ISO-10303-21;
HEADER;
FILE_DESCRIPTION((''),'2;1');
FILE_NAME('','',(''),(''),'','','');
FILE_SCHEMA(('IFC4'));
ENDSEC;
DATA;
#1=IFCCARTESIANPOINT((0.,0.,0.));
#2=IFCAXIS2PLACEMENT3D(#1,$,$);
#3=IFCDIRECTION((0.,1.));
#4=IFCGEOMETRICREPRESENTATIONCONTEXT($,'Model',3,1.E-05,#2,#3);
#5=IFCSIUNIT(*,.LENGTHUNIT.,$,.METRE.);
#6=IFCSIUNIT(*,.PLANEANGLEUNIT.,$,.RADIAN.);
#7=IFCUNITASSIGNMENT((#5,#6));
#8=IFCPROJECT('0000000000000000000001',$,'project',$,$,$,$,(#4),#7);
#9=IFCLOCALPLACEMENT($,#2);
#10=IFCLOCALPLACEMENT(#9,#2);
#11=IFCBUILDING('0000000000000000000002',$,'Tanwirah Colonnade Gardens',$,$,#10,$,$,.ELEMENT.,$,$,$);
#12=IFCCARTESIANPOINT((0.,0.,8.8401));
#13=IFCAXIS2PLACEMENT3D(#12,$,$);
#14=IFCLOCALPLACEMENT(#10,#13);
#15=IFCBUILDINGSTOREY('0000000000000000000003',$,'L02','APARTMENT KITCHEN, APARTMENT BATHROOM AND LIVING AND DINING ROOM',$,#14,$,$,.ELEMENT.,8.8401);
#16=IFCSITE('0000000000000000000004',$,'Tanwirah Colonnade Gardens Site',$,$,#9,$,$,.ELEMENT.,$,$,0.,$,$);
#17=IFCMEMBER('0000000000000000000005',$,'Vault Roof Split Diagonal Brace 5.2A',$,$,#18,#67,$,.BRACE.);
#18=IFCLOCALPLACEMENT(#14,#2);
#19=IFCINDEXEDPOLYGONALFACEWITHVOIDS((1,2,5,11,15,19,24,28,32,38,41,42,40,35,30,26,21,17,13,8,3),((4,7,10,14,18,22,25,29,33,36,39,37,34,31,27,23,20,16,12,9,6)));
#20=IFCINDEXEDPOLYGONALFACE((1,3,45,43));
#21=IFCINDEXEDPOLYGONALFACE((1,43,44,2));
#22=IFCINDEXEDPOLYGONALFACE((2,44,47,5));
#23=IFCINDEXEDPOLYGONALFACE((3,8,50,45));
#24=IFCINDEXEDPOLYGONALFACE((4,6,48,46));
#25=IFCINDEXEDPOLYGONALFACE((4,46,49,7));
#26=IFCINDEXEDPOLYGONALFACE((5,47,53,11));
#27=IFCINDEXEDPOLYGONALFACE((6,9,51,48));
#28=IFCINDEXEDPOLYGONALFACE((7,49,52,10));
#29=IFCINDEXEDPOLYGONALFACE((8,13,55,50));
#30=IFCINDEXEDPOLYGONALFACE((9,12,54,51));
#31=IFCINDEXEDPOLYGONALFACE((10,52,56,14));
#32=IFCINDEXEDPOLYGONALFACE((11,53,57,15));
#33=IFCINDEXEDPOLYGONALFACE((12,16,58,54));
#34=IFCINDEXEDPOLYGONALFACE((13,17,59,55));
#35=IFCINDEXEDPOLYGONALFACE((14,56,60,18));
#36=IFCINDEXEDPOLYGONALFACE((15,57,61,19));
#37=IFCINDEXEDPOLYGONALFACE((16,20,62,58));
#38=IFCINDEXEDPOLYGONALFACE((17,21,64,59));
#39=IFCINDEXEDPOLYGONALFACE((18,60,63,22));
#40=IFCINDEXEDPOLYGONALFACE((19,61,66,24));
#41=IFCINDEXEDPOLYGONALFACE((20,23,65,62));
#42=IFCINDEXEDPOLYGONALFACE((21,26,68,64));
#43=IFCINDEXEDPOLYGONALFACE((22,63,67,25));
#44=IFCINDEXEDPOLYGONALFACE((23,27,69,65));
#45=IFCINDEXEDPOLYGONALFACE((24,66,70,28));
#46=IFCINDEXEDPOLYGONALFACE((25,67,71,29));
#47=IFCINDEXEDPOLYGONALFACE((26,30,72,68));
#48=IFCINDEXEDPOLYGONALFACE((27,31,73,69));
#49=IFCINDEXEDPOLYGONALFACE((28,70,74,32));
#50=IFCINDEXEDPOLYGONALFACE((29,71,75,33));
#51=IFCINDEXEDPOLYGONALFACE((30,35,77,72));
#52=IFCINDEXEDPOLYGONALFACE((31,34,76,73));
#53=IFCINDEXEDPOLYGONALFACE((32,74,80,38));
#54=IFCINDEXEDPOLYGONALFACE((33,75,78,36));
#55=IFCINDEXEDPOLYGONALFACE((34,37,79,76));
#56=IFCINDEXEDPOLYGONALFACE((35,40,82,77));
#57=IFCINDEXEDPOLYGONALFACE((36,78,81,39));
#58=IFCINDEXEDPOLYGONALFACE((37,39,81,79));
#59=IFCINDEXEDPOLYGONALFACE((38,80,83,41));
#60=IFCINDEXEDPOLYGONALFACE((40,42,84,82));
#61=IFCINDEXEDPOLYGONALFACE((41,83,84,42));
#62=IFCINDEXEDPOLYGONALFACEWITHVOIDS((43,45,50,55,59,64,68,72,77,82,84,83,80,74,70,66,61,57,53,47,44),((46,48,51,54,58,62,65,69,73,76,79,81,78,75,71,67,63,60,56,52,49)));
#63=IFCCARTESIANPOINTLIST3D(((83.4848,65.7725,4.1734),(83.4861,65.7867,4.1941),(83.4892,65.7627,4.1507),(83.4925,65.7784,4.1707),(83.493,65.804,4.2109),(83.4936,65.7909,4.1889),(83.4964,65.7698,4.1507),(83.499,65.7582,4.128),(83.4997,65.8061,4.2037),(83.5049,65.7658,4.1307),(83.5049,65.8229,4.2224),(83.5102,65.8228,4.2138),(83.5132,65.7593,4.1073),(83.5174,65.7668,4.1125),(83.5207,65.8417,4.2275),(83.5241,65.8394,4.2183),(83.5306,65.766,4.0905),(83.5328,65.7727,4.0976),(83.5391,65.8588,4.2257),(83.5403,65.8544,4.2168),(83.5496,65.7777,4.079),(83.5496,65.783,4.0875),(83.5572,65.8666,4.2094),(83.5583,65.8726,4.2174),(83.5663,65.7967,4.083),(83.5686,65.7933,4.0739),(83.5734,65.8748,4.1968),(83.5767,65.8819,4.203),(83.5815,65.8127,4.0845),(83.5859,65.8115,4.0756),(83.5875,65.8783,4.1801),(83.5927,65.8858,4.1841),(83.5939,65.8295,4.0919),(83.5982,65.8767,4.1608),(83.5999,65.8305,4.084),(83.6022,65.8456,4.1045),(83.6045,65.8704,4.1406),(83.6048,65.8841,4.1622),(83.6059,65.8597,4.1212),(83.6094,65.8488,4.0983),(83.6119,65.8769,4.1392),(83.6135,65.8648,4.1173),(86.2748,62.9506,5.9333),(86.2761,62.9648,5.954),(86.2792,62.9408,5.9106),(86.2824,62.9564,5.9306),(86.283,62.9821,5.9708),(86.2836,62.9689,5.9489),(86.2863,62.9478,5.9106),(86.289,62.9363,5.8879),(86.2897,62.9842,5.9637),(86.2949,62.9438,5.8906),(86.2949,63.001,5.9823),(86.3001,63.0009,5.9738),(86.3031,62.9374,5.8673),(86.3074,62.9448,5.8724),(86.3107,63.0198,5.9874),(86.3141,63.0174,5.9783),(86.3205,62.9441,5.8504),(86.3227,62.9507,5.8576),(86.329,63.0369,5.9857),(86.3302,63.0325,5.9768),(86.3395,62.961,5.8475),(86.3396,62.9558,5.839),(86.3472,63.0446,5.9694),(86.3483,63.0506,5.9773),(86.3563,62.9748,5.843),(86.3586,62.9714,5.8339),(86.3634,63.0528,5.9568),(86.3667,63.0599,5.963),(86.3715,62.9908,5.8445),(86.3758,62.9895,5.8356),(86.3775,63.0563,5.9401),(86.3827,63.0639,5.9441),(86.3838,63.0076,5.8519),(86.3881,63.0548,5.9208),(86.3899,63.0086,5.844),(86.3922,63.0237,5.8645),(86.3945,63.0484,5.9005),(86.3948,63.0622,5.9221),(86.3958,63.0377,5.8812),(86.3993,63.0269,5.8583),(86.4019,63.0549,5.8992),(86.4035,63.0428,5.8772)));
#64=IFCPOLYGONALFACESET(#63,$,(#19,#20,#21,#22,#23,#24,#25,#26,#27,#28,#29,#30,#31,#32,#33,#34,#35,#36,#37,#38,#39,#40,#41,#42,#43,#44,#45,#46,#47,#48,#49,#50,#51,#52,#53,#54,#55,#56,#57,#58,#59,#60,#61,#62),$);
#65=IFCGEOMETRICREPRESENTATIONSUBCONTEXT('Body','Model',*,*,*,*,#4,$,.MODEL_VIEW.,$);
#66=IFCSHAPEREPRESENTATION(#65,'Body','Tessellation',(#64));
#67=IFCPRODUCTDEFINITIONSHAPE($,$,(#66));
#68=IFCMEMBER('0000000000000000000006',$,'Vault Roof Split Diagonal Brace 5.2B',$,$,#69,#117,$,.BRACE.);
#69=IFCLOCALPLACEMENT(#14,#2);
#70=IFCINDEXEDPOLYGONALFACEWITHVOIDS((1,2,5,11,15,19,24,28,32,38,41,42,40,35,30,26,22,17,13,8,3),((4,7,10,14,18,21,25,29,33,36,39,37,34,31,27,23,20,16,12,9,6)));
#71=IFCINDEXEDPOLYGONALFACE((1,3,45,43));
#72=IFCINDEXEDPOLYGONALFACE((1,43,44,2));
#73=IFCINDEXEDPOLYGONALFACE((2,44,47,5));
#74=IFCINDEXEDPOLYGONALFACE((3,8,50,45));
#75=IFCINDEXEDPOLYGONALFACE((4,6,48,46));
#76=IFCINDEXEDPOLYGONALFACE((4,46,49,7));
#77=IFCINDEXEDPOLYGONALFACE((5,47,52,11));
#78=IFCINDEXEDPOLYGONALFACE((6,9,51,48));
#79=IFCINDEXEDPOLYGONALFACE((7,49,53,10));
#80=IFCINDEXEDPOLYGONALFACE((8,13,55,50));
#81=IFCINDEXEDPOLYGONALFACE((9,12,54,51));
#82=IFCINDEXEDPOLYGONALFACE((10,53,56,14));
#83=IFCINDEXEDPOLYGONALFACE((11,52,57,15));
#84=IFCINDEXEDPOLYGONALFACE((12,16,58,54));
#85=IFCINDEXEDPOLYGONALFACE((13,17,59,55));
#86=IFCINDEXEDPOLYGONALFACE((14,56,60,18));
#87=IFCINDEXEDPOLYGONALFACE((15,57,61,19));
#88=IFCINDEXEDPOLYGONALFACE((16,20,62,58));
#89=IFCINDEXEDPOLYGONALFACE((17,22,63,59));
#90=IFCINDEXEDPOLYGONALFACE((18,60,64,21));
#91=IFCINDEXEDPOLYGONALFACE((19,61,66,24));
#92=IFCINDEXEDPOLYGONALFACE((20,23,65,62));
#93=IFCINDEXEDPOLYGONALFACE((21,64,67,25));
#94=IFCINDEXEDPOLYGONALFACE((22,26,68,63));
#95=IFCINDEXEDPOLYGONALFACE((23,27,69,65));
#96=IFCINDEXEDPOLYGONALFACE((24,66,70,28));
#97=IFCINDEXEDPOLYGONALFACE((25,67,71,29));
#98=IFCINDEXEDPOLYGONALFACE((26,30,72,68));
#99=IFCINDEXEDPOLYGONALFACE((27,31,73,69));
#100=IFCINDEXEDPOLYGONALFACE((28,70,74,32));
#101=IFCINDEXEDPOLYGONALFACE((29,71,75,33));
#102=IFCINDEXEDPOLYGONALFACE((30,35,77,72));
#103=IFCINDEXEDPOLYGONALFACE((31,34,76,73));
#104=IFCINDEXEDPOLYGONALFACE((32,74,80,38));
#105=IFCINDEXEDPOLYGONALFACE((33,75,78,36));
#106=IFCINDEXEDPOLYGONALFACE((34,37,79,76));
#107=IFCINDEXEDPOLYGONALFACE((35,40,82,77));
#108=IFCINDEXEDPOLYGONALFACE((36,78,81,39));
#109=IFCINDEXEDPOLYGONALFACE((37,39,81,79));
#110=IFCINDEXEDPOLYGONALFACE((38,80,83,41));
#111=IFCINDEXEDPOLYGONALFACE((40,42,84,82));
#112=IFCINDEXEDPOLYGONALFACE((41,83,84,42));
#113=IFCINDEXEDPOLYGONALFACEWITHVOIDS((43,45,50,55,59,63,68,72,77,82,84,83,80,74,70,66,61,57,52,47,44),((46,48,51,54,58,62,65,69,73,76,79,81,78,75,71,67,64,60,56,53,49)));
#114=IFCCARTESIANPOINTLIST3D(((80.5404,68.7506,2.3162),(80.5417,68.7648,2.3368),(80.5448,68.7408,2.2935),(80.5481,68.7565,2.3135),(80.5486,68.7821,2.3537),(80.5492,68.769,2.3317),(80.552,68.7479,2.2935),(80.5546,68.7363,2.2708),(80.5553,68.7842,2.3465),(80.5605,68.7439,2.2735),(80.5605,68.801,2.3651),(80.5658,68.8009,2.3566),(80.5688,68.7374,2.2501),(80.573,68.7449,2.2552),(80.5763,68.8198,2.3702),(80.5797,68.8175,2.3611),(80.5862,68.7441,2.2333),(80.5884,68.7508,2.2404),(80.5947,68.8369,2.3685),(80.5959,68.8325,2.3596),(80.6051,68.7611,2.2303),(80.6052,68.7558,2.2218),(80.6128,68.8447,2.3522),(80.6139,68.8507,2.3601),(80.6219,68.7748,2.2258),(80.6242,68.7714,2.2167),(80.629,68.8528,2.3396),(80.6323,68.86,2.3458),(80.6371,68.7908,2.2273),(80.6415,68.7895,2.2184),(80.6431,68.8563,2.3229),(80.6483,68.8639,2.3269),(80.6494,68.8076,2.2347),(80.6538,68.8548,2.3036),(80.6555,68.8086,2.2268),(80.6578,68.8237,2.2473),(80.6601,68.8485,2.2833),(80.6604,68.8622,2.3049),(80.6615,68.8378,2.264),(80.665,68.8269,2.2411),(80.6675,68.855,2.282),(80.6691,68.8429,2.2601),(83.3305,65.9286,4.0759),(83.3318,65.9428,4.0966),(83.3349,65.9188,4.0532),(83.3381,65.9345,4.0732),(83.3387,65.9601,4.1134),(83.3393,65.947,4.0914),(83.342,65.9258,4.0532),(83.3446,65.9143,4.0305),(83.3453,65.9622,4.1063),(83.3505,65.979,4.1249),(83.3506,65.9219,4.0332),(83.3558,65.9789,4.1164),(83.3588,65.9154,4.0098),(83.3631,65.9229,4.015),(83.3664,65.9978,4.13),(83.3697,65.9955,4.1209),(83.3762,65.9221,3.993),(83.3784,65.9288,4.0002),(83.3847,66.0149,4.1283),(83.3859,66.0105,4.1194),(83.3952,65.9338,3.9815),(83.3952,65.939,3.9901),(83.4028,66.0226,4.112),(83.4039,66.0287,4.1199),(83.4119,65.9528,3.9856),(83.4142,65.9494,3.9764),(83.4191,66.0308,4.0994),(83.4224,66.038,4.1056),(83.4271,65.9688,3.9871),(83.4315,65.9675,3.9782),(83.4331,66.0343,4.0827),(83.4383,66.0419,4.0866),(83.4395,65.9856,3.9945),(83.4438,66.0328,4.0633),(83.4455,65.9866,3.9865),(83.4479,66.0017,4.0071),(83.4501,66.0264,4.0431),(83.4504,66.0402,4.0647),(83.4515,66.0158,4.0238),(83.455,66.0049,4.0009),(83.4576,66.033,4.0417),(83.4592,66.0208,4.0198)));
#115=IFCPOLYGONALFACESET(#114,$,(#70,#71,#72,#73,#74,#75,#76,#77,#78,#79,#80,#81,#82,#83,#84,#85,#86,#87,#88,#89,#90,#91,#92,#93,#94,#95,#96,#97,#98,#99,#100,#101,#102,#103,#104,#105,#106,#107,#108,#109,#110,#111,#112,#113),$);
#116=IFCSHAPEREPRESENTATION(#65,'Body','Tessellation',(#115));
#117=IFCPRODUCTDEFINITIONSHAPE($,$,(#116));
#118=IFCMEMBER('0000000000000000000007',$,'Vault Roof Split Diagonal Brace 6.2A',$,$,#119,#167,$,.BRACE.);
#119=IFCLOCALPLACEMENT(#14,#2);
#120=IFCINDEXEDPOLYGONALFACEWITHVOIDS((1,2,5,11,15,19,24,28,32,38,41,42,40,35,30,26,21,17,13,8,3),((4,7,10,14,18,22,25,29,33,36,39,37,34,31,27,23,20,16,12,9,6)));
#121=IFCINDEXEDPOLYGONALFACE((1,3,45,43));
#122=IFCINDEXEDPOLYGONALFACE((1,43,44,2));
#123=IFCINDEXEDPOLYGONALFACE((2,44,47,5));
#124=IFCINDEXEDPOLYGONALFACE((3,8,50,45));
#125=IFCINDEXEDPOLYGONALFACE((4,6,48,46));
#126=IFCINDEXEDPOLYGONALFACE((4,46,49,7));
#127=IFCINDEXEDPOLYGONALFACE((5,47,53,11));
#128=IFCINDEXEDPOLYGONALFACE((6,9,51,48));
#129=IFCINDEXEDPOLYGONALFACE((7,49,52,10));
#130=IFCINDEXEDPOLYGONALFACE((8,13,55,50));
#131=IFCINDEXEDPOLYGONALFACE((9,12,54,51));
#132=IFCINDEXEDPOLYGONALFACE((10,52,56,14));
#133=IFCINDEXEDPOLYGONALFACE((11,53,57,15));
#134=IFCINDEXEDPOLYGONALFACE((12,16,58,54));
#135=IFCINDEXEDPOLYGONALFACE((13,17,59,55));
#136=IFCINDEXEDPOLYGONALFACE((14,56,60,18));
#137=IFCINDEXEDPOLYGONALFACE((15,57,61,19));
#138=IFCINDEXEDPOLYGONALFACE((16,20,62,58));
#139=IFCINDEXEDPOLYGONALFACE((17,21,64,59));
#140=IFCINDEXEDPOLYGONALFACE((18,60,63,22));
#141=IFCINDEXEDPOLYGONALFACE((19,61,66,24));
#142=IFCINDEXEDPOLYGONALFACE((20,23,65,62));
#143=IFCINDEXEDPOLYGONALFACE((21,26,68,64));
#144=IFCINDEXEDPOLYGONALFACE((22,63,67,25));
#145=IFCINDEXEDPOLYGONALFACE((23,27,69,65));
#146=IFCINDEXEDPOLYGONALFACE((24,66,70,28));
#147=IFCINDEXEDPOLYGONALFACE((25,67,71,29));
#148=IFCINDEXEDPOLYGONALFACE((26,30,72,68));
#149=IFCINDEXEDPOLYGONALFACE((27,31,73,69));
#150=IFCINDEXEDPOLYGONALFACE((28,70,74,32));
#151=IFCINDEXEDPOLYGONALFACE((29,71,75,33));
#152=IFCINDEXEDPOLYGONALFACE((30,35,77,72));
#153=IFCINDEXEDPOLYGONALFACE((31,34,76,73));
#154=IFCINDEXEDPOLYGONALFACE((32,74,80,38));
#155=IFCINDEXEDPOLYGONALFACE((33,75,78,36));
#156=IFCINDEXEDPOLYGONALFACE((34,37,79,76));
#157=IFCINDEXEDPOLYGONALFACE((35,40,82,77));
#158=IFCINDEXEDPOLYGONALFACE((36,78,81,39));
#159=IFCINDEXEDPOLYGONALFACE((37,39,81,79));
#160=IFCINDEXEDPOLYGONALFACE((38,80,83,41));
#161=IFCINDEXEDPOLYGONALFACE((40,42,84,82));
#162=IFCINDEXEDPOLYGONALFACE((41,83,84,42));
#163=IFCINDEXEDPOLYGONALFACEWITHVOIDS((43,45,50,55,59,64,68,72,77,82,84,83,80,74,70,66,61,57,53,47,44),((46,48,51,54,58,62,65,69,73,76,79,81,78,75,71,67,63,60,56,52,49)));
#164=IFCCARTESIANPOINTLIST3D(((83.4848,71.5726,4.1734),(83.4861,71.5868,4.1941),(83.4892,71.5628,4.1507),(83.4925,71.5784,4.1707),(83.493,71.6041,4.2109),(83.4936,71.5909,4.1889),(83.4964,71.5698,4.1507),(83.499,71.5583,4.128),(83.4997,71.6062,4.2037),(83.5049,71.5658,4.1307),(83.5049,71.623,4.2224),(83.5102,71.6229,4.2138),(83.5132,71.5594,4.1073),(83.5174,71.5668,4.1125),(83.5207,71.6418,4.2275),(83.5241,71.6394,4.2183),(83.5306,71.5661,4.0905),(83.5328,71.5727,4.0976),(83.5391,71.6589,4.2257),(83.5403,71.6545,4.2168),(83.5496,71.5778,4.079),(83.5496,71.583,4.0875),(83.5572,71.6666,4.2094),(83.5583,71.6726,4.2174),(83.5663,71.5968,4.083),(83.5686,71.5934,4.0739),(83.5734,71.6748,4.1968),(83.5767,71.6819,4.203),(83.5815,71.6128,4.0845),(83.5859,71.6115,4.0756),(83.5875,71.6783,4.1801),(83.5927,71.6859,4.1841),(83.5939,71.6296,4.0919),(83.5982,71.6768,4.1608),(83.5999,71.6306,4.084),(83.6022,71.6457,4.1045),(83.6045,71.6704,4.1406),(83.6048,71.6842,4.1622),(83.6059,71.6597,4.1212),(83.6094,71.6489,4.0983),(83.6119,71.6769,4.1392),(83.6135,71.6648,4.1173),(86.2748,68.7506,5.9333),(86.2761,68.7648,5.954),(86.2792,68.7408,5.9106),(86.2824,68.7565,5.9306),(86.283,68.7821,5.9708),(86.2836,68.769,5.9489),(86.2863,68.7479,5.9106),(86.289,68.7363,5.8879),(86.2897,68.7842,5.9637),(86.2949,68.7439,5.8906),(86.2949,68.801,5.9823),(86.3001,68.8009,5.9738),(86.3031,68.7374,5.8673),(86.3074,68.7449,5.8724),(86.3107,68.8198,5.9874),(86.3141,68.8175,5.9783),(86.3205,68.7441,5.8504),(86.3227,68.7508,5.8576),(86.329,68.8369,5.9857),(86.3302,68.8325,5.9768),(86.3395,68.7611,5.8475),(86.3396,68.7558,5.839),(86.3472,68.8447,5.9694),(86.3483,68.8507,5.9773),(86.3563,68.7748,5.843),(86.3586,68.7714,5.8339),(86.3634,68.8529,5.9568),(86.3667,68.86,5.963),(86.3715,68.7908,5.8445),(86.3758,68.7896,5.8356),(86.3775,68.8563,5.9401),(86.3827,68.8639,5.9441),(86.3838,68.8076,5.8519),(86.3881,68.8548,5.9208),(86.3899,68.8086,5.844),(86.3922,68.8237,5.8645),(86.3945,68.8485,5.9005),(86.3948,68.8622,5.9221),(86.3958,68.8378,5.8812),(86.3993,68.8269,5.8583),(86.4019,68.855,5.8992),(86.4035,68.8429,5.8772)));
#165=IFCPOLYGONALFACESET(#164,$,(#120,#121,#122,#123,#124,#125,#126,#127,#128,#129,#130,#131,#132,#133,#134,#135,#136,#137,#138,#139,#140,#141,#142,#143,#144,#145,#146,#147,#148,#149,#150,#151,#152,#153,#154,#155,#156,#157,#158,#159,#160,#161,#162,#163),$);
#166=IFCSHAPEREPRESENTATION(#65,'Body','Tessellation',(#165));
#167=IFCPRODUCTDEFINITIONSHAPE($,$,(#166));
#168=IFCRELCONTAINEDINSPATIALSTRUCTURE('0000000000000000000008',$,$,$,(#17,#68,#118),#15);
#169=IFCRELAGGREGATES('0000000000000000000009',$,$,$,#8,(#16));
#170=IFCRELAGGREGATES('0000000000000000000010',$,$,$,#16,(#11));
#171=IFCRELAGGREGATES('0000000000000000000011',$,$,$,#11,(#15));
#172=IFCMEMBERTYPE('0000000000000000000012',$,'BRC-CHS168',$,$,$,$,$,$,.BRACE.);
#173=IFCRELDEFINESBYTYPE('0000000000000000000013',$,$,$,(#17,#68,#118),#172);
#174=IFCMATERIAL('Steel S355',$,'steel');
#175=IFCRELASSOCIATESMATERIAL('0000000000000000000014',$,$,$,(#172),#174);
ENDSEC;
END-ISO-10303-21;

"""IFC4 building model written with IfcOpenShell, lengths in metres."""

from ifc_helpers import new_model, si_unit, direction, frame, origin, origin_2d, place, context, subcontext, project, spatial, hollow_circle, extrude, material, material_profile, profile_set, type_object, element, save


model = new_model("IFC4")

# Units and contexts
model_context = context("Model", 3, precision=1e-05, world=origin(), true_north=direction((0.0, 1.0)))
body_context = subcontext(model_context, "Body", "Model", "MODEL_VIEW")
ifc_project = project(units=[si_unit("LENGTHUNIT", "METRE"), si_unit("PLANEANGLEUNIT", "RADIAN")], contexts=[model_context])

# Site, building, storey
site_placement = place(None, origin())
site = spatial("IfcSite", under=ifc_project, at=site_placement, Name="Tanwirah Colonnade Gardens Site", CompositionType="ELEMENT", RefElevation=0.0)
building_placement = place(site_placement, origin())
building = spatial("IfcBuilding", under=site, at=building_placement, Name="Tanwirah Colonnade Gardens", CompositionType="ELEMENT")
storey_placement = place(building_placement, frame((0.0, 0.0, 8.8401)))
storey = spatial("IfcBuildingStorey", under=building, at=storey_placement, Name="L02", Description="APARTMENT KITCHEN, APARTMENT BATHROOM AND LIVING AND DINING ROOM", CompositionType="ELEMENT", Elevation=8.8401)

# Members
ifc_material_1 = material(Name="Steel S355", Category="steel")
ifc_material_profile_1 = material_profile(ifc_material_1, hollow_circle(Radius=0.0842, WallThickness=0.01, at=origin_2d()), Name="CHS 168.3x10")
ifc_profile_set_1 = profile_set([ifc_material_profile_1], Name="Steel S355")
member_type_1 = type_object("IfcMemberType", Name="BRC-CHS168", PredefinedType="BRACE", material=ifc_profile_set_1)
for number, where, z_axis, x_axis, name in (
    (1, (86.3391, 63.0, 5.9106), (-0.642693, 0.65006, -0.405423), (-0.711125, -0.703066, 0.0), "Vault Roof Split Diagonal Brace 5.2A"),
    (2, (83.3948, 65.978, 4.0532), (-0.642708, 0.650075, -0.405376), (-0.711125, -0.703066, 0.0), "Vault Roof Split Diagonal Brace 5.2B"),
    (3, (86.3391, 68.8, 5.9106), (-0.642693, 0.65006, -0.405423), (-0.711125, -0.703066, 0.0), "Vault Roof Split Diagonal Brace 6.2A"),
):
    element("IfcMember", number, at=place(storey_placement, frame(where, z_axis=z_axis, x_axis=x_axis)), inside=storey, type_object=member_type_1, Name=name, PredefinedType="BRACE", context=body_context, shape_type="SweptSolid", body=[
        extrude(hollow_circle(Radius=0.0842, WallThickness=0.01, at=origin_2d()), origin(), (0.0, 0.0, 1.0), 4.3411),
    ])

save(model, "model.ifc")
